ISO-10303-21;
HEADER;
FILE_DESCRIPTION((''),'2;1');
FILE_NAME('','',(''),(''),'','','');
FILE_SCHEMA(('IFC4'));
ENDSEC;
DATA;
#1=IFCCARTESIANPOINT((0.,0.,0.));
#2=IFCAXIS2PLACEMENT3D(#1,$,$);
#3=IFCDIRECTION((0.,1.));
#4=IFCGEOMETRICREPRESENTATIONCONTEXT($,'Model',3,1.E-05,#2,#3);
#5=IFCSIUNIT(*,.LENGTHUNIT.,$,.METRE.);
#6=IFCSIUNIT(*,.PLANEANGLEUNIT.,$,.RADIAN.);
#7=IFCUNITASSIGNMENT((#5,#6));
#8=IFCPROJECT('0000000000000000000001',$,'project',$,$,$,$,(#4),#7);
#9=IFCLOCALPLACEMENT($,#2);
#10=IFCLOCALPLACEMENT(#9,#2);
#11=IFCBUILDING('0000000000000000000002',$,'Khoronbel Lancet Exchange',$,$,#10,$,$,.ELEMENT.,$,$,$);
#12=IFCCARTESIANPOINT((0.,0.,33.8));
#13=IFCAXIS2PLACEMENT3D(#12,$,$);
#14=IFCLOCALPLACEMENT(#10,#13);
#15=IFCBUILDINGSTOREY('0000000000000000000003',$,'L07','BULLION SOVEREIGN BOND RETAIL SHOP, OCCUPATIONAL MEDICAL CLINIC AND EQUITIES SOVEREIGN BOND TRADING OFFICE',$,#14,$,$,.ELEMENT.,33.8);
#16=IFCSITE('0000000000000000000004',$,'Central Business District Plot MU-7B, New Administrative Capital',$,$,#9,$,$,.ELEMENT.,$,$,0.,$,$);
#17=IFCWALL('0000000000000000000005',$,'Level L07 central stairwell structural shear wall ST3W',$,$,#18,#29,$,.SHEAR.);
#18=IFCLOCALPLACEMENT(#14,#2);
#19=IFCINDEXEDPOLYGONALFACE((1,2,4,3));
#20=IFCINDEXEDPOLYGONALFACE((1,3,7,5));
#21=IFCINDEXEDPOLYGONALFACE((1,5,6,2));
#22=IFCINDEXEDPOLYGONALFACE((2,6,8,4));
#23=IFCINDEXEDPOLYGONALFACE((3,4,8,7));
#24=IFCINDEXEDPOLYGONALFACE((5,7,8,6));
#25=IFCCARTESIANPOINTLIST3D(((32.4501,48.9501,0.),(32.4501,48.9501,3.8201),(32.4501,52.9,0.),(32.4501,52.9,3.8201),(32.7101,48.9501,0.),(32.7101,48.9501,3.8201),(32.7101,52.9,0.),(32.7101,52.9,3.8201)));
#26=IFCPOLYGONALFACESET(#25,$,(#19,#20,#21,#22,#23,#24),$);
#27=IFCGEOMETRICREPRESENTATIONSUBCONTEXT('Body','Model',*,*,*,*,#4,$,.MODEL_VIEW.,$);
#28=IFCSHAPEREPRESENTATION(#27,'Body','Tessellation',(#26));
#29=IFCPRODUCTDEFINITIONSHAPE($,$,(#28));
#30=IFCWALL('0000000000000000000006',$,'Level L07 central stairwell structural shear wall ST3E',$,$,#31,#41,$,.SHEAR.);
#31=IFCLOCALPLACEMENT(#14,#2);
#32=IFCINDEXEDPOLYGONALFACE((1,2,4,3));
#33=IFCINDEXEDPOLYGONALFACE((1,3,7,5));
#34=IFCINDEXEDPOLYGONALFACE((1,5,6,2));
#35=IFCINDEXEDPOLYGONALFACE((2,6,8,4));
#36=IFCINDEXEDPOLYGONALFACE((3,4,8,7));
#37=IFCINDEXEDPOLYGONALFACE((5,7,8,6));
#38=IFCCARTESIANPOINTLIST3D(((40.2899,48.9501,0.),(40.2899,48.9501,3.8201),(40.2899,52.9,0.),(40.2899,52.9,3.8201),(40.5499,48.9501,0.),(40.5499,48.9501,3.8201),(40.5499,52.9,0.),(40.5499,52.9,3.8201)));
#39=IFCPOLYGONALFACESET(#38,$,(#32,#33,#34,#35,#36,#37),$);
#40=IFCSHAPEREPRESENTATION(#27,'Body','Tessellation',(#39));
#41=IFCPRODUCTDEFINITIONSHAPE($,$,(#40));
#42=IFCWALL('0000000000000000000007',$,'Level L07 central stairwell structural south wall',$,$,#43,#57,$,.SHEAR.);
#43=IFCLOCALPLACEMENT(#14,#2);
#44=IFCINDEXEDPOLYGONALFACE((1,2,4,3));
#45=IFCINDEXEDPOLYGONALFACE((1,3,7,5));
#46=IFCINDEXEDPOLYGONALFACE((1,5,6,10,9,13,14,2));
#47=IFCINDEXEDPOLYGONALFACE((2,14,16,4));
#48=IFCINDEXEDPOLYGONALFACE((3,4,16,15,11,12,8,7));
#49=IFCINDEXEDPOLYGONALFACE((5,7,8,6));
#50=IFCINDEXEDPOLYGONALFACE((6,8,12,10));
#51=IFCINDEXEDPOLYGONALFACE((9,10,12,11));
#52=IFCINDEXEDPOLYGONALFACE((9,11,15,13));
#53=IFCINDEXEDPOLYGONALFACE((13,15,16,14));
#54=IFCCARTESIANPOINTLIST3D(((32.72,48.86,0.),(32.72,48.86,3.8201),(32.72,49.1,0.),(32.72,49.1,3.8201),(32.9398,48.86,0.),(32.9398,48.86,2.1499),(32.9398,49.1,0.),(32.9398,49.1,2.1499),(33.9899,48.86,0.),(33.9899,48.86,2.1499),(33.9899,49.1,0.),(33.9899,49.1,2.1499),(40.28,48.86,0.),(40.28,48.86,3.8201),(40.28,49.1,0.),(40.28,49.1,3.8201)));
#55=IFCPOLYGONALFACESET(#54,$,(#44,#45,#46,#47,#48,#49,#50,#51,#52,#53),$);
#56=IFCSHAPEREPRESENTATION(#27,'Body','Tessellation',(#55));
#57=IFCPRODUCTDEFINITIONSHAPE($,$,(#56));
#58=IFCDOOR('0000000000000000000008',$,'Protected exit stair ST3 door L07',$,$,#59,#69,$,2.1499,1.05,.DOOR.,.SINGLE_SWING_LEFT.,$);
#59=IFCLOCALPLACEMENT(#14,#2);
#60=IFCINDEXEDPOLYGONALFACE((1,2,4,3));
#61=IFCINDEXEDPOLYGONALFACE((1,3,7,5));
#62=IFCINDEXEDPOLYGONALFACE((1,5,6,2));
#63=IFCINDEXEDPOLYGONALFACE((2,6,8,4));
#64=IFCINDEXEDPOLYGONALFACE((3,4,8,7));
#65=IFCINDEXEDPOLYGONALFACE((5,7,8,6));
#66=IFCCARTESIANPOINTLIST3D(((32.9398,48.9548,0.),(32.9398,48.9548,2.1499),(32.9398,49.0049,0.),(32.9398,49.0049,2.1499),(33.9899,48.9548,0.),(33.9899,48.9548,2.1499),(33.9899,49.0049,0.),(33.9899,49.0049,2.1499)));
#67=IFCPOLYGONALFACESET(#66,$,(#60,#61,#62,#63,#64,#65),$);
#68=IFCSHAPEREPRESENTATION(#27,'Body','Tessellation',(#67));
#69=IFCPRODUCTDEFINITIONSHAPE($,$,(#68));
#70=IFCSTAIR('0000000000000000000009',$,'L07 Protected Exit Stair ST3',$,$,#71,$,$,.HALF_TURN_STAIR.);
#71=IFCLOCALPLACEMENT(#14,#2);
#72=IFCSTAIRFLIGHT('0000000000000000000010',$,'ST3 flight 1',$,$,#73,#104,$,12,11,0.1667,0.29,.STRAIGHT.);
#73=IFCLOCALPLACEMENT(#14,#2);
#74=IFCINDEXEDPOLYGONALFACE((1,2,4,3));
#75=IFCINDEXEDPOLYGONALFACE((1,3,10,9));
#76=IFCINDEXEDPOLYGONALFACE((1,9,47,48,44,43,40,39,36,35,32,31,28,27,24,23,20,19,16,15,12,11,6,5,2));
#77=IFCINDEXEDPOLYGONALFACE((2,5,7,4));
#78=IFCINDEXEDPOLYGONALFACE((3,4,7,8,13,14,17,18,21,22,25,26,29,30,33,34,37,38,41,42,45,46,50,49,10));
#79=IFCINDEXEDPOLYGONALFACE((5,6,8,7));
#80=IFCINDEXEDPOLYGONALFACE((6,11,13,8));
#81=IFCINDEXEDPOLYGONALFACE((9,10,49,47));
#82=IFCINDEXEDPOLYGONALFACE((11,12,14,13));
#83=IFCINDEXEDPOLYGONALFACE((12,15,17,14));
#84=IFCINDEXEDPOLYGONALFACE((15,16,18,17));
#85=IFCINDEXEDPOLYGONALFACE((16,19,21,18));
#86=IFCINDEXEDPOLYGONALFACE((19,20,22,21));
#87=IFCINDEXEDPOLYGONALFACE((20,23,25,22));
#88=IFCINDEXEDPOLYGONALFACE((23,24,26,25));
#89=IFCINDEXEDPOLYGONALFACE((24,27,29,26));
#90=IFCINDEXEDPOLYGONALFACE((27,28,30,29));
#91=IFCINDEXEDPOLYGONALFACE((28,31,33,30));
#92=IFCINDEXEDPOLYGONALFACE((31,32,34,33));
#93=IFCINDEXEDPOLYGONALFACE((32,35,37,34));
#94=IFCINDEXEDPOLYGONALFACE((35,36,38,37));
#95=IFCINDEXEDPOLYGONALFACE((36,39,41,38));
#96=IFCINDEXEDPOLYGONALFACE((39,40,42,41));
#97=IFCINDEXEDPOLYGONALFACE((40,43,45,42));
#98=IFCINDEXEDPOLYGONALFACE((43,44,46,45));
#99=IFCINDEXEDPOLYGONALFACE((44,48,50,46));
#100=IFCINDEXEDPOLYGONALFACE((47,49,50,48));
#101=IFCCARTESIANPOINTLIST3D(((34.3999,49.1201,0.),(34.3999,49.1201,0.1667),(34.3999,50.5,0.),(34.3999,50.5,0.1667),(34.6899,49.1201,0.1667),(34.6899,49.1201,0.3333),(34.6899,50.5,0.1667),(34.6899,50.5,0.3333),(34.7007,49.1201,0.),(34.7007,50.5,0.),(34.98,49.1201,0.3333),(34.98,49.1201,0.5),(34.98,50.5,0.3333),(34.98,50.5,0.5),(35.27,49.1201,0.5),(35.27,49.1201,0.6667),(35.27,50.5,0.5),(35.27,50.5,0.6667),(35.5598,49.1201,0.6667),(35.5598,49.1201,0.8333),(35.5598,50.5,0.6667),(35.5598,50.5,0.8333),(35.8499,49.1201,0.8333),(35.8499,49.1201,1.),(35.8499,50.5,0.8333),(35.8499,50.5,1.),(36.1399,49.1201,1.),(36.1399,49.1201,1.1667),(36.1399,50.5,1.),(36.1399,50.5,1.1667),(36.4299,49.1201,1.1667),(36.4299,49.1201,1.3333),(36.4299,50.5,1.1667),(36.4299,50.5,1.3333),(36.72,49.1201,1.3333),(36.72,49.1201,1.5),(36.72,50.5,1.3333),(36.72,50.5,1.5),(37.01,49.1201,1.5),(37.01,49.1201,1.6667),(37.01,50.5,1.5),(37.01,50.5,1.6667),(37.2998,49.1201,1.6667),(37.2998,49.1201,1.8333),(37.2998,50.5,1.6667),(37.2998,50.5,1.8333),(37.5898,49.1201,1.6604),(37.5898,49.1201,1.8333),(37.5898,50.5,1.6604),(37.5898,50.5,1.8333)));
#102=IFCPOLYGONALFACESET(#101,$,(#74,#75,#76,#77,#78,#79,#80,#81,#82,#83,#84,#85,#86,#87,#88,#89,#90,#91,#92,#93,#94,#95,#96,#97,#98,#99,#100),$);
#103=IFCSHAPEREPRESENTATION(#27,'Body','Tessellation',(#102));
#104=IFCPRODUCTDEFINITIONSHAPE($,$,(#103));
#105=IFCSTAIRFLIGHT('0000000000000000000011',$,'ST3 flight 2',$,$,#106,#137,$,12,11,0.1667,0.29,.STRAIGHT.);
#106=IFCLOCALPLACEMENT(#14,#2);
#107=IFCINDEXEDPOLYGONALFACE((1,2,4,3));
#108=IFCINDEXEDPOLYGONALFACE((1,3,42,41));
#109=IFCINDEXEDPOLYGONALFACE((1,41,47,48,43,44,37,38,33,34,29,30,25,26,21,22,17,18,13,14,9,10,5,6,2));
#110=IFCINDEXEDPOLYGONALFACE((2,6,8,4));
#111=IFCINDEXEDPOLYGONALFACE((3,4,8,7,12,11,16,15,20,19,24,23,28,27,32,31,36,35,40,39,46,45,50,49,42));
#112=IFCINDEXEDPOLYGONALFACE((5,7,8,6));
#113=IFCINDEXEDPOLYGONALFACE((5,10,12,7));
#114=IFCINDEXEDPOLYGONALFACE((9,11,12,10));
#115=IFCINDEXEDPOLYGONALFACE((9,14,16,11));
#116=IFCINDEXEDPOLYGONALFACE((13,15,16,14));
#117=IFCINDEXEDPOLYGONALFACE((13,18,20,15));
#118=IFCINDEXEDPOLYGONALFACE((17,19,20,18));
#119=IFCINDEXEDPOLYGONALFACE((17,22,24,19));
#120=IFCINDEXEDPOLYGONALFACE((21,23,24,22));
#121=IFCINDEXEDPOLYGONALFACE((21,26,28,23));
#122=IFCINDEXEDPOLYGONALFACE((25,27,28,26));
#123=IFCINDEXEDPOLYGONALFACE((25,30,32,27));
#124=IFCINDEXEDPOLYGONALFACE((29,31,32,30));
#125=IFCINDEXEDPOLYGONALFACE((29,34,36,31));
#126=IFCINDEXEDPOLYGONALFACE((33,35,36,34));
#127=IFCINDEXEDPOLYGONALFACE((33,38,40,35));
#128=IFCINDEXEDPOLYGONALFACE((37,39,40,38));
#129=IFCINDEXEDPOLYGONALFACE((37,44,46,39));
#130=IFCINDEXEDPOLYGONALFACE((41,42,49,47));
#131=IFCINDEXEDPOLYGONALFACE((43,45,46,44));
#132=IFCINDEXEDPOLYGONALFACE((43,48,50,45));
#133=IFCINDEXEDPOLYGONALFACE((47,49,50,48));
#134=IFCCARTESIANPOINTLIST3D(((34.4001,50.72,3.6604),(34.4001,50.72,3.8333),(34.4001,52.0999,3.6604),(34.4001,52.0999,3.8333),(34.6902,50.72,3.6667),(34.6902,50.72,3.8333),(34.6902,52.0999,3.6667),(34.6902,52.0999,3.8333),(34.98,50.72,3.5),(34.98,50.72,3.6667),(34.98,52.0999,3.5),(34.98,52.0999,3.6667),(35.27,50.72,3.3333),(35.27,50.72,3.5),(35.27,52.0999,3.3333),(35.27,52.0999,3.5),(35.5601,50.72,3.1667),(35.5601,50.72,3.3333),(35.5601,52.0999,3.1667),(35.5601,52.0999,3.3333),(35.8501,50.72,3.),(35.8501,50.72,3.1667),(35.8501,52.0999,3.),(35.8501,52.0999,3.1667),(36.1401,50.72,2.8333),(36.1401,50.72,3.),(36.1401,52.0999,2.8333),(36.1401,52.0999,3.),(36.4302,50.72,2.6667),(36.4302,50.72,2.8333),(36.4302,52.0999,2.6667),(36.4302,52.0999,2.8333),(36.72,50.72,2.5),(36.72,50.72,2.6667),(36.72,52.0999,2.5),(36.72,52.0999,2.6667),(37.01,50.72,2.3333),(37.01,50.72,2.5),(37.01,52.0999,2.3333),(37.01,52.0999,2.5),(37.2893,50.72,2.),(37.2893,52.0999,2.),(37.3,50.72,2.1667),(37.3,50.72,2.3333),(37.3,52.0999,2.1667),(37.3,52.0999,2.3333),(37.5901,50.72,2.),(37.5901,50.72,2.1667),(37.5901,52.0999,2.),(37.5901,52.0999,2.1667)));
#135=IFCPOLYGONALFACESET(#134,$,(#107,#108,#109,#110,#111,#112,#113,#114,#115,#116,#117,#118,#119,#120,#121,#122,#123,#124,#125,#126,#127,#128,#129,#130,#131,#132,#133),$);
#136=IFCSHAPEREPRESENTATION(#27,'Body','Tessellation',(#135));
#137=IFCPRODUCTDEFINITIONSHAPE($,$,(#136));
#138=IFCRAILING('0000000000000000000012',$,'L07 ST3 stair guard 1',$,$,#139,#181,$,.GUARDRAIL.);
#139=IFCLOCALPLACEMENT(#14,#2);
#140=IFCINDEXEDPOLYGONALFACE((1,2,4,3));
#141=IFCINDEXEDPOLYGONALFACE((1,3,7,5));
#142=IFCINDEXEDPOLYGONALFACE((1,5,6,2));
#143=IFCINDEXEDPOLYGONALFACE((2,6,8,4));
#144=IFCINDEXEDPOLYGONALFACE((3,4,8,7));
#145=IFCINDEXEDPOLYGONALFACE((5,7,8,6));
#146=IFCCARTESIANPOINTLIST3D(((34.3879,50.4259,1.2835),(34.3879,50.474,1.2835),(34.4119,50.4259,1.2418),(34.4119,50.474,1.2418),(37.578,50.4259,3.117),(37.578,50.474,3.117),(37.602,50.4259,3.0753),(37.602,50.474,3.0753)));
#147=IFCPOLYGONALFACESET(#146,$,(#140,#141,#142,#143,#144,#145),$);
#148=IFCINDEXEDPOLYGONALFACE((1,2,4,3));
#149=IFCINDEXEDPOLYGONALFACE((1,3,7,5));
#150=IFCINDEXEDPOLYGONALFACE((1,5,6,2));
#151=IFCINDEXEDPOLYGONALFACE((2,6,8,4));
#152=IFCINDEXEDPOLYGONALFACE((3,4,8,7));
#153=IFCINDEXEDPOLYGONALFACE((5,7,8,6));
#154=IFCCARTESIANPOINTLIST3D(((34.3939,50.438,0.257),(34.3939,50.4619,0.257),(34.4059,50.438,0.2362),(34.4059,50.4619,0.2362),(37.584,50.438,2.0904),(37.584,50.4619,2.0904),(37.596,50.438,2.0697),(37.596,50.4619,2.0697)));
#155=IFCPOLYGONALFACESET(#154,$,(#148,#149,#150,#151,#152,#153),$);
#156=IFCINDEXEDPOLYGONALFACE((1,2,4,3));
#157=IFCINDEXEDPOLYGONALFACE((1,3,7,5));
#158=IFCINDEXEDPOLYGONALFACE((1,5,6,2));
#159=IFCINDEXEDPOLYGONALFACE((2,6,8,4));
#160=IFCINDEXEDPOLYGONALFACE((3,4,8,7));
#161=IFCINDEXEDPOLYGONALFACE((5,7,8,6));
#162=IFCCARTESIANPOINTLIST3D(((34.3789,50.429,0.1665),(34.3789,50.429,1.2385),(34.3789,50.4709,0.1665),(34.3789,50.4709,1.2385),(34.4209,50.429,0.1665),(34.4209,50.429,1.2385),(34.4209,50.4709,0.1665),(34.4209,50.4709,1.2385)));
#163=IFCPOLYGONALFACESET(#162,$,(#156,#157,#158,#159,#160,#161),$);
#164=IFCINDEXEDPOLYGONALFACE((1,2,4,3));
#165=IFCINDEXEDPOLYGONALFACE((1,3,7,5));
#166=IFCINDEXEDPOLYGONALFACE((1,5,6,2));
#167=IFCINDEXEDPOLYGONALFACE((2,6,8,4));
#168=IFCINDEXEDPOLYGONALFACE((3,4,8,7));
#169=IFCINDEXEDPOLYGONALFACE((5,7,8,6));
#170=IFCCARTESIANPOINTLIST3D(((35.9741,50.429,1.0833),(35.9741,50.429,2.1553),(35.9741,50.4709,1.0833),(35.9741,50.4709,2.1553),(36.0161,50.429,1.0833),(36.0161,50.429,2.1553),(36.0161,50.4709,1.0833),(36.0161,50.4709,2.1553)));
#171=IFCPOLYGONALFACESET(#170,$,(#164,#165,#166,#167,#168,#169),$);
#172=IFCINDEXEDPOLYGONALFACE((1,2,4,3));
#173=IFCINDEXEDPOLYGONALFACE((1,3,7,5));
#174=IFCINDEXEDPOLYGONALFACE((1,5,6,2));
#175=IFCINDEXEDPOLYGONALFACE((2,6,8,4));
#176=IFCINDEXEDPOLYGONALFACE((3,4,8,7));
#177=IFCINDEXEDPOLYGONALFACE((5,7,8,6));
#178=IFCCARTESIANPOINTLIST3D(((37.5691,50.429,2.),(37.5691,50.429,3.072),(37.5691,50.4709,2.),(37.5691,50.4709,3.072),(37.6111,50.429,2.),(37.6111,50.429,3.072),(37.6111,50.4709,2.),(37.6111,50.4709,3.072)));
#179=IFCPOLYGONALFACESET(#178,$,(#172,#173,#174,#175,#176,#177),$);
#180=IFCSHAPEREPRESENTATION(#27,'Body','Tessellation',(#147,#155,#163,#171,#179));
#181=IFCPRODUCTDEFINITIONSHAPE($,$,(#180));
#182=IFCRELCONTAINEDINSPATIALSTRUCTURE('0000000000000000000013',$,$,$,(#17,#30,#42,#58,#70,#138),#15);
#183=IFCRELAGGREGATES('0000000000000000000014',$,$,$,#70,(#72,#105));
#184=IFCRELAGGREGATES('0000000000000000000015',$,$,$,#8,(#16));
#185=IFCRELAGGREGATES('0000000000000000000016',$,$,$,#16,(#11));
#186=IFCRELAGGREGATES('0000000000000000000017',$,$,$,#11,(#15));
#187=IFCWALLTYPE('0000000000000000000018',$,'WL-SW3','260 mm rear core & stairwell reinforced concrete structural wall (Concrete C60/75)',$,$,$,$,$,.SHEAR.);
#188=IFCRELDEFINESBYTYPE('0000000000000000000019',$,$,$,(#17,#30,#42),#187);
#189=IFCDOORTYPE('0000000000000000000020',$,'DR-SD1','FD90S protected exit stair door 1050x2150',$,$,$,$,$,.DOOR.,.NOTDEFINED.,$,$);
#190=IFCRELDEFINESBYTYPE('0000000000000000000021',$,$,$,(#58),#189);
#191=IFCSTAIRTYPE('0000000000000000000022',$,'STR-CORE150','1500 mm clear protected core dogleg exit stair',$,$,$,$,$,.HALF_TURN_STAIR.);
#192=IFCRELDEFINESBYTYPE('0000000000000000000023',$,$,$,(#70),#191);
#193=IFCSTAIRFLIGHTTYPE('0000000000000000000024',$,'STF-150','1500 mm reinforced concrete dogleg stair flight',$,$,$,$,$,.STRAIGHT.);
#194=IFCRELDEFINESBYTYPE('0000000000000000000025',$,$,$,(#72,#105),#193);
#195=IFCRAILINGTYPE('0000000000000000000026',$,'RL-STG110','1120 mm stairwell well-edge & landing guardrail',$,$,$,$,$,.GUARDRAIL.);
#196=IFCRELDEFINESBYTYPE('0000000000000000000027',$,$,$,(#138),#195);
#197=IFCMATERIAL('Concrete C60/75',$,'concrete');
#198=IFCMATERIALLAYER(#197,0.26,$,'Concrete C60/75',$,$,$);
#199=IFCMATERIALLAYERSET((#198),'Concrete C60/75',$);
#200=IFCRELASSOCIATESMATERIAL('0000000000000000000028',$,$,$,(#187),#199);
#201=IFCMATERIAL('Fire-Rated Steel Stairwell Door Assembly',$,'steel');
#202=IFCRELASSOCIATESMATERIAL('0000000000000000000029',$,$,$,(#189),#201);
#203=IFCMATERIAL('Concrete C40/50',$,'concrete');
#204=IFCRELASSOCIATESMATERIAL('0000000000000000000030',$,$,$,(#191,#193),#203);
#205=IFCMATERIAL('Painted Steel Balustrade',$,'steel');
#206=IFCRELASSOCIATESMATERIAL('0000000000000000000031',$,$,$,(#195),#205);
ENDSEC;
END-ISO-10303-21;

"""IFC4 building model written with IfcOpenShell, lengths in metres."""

from ifc_helpers import new_model, si_unit, direction, frame, frame_2d, origin, origin_2d, place, context, subcontext, project, spatial, polyline, rectangle, outline, extrude, material, layer, layer_set, type_object, element, fill, aggregate, save


model = new_model("IFC4")

# Units and contexts
model_context = context("Model", 3, precision=1e-05, world=origin(), true_north=direction((0.0, 1.0)))
body_context = subcontext(model_context, "Body", "Model", "MODEL_VIEW")
ifc_project = project(units=[si_unit("LENGTHUNIT", "METRE"), si_unit("PLANEANGLEUNIT", "RADIAN")], contexts=[model_context])

# Site, building, storey
site_placement = place(None, origin())
site = spatial("IfcSite", under=ifc_project, at=site_placement, Name="Central Business District Plot MU-7B, New Administrative Capital", CompositionType="ELEMENT", RefElevation=0.0)
building_placement = place(site_placement, origin())
building = spatial("IfcBuilding", under=site, at=building_placement, Name="Khoronbel Lancet Exchange", CompositionType="ELEMENT")
storey_placement = place(building_placement, frame((0.0, 0.0, 33.8)))
storey = spatial("IfcBuildingStorey", under=building, at=storey_placement, Name="L07", Description="BULLION SOVEREIGN BOND RETAIL SHOP, OCCUPATIONAL MEDICAL CLINIC AND EQUITIES SOVEREIGN BOND TRADING OFFICE", CompositionType="ELEMENT", Elevation=33.8)

# Walls
ifc_material_1 = material(Name="Concrete C60/75", Category="concrete")
ifc_layer_1 = layer(ifc_material_1, 0.26, Name="Concrete C60/75")
ifc_layer_set_1 = layer_set([ifc_layer_1], Name="Concrete C60/75")
wall_type_1 = type_object("IfcWallType", Name="WL-SW3", Description="260 mm rear core & stairwell reinforced concrete structural wall (Concrete C60/75)", PredefinedType="SHEAR", material=ifc_layer_set_1)
for number, where, z_axis, x_axis, name in (
    (1, (32.5801, 48.95, 0.0), (0.0, 0.0, 1.0), (0.0, 1.0, 0.0), "Level L07 central stairwell structural shear wall ST3W"),
    (2, (40.4199, 48.95, 0.0), (0.0, 0.0, 1.0), (0.0, 1.0, 0.0), "Level L07 central stairwell structural shear wall ST3E"),
):
    element("IfcWall", number, at=place(storey_placement, frame(where, z_axis=z_axis, x_axis=x_axis)), inside=storey, type_object=wall_type_1, Name=name, PredefinedType="SHEAR", context=body_context, shape_type="SweptSolid", body=[
        extrude(rectangle(XDim=3.95, YDim=0.26, at=frame_2d((1.9751, 0.0))), origin(), (0.0, 0.0, 1.0), 3.8201),
    ])

# Wall, opening, door
wall_1_placement = place(storey_placement, frame((32.72, 48.98, 0.0), z_axis=(0.0, 0.0, 1.0), x_axis=(1.0, 0.0, 0.0)))
wall_1 = element("IfcWall", 3, at=wall_1_placement, inside=storey, type_object=wall_type_1, Name="Level L07 central stairwell structural south wall", PredefinedType="SHEAR", context=body_context, shape_type="SweptSolid", body=[
    extrude(rectangle(XDim=7.5601, YDim=0.24, at=frame_2d((3.78, 0.0))), origin(), (0.0, 0.0, 1.0), 3.8201),
])
opening_1_placement = place(wall_1_placement, frame((0.22, 0.0, 0.0)))
opening_1 = element("IfcOpeningElement", 4, at=opening_1_placement, cuts=wall_1, PredefinedType="OPENING", context=body_context, shape_type="SweptSolid", body=[
    extrude(rectangle(XDim=1.05, YDim=2.1499, at=frame_2d((0.5249, 1.075))), frame((0.0, 0.1299, 0.0), z_axis=(0.0, -1.0, 0.0), x_axis=(1.0, 0.0, 0.0)), (0.0, 0.0, 1.0), 0.26),
])
ifc_material_2 = material(Name="Fire-Rated Steel Stairwell Door Assembly", Category="steel")
door_type_1 = type_object("IfcDoorType", Name="DR-SD1", Description="FD90S protected exit stair door 1050x2150", OperationType="NOTDEFINED", PredefinedType="DOOR", material=ifc_material_2)
door_1_placement = place(opening_1_placement, origin())
door_1 = element("IfcDoor", 5, at=door_1_placement, inside=storey, type_object=door_type_1, Name="Protected exit stair ST3 door L07", OperationType="SINGLE_SWING_LEFT", OverallHeight=2.1499, OverallWidth=1.05, PredefinedType="DOOR", context=body_context, shape_type="SweptSolid", body=[
    extrude(rectangle(XDim=1.05, YDim=2.1499, at=frame_2d((0.5249, 1.075))), frame((0.0, 0.0249, 0.0), z_axis=(0.0, -1.0, 0.0), x_axis=(1.0, 0.0, 0.0)), (0.0, 0.0, 1.0), 0.05),
])
fill(opening_1, door_1)

# Stair, stair flights
ifc_material_3 = material(Name="Concrete C40/50", Category="concrete")
stair_type = type_object("IfcStairType", Name="STR-CORE150", Description="1500 mm clear protected core dogleg exit stair", PredefinedType="HALF_TURN_STAIR", material=ifc_material_3)
stair_placement = place(storey_placement, origin())
stair = element("IfcStair", 6, at=stair_placement, inside=storey, type_object=stair_type, Name="L07 Protected Exit Stair ST3", PredefinedType="HALF_TURN_STAIR")
stair_flight_type = type_object("IfcStairFlightType", Name="STF-150", Description="1500 mm reinforced concrete dogleg stair flight", PredefinedType="STRAIGHT", material=ifc_material_3)
stair_flight_1_placement = place(storey_placement, frame((34.3999, 49.8101, 0.0), z_axis=(0.0, 0.0, 1.0), x_axis=(1.0, 0.0, 0.0)))
stair_flight_1 = element("IfcStairFlight", 7, at=stair_flight_1_placement, type_object=stair_flight_type, Name="ST3 flight 1", NumberOfRisers=12, NumberOfTreads=11, PredefinedType="STRAIGHT", RiserHeight=0.1667, TreadLength=0.29, context=body_context, shape_type="SweptSolid", body=[
    extrude(outline(polyline([(0.0, 0.0), (0.0, 0.1667), (0.29, 0.1667), (0.29, 0.3333), (0.5801, 0.3333), (0.5801, 0.5), (0.8701, 0.5), (0.8701, 0.6667), (1.1599, 0.6667), (1.1599, 0.8333), (1.45, 0.8333), (1.45, 1.0), (1.74, 1.0), (1.74, 1.1667), (2.03, 1.1667), (2.03, 1.3333), (2.3201, 1.3333), (2.3201, 1.5), (2.6101, 1.5), (2.6101, 1.6667), (2.8999, 1.6667), (2.8999, 1.8333), (3.1899, 1.8333), (3.1899, 2.0), (3.1899, 1.6604), (0.3008, 0.0), (0.0, 0.0)])), frame((0.0, 0.6899, 0.0), z_axis=(0.0, -1.0, 0.0), x_axis=(1.0, 0.0, 0.0)), (0.0, 0.0, 1.0), 1.3799),
])
stair_flight_2_placement = place(storey_placement, frame((37.5901, 51.4099, 2.0), z_axis=(0.0, 0.0, 1.0), x_axis=(-1.0, 0.0, 0.0)))
stair_flight_2 = element("IfcStairFlight", 8, at=stair_flight_2_placement, type_object=stair_flight_type, Name="ST3 flight 2", NumberOfRisers=12, NumberOfTreads=11, PredefinedType="STRAIGHT", RiserHeight=0.1667, TreadLength=0.29, context=body_context, shape_type="SweptSolid", body=[
    extrude(outline(polyline([(0.0, 0.0), (0.0, 0.1667), (0.29, 0.1667), (0.29, 0.3333), (0.5801, 0.3333), (0.5801, 0.5), (0.8701, 0.5), (0.8701, 0.6667), (1.1599, 0.6667), (1.1599, 0.8333), (1.45, 0.8333), (1.45, 1.0), (1.74, 1.0), (1.74, 1.1667), (2.03, 1.1667), (2.03, 1.3333), (2.3201, 1.3333), (2.3201, 1.5), (2.6101, 1.5), (2.6101, 1.6667), (2.8999, 1.6667), (2.8999, 1.8333), (3.1899, 1.8333), (3.1899, 2.0), (3.1899, 1.6604), (0.3008, 0.0), (0.0, 0.0)])), frame((0.0, 0.6899, 0.0), z_axis=(0.0, -1.0, 0.0), x_axis=(1.0, 0.0, 0.0)), (0.0, 0.0, 1.0), 1.3799),
])
aggregate(stair, [stair_flight_1, stair_flight_2])

# Railing
ifc_material_4 = material(Name="Painted Steel Balustrade", Category="steel")
railing_type_1 = type_object("IfcRailingType", Name="RL-STG110", Description="1120 mm stairwell well-edge & landing guardrail", PredefinedType="GUARDRAIL", material=ifc_material_4)
railing_1_placement = place(storey_placement, frame((34.3999, 50.45, 0.1665)))
element("IfcRailing", 9, at=railing_1_placement, inside=storey, type_object=railing_type_1, Name="L07 ST3 stair guard 1", PredefinedType="GUARDRAIL", context=body_context, shape_type="SweptSolid", body=[
    extrude(rectangle(XDim=0.0481, YDim=0.0481, at=origin_2d()), frame((0.0, 0.0, 1.0962), z_axis=(0.867007, 0.0, 0.498295), x_axis=(0.0, 1.0, 0.0)), (0.0, 0.0, 1.0), 3.6794),
    extrude(rectangle(XDim=0.0239, YDim=0.0239, at=origin_2d()), frame((0.0, 0.0, 0.0801), z_axis=(0.867007, 0.0, 0.498295), x_axis=(0.0, 1.0, 0.0)), (0.0, 0.0, 1.0), 3.6794),
    extrude(rectangle(XDim=0.042, YDim=0.042, at=origin_2d()), origin(), (0.0, 0.0, 1.0), 1.072),
    extrude(rectangle(XDim=0.042, YDim=0.042, at=origin_2d()), frame((1.5952, 0.0, 0.9167)), (0.0, 0.0, 1.0), 1.072),
    extrude(rectangle(XDim=0.042, YDim=0.042, at=origin_2d()), frame((3.1902, 0.0, 1.8335)), (0.0, 0.0, 1.0), 1.072),
])

save(model, "model.ifc")
